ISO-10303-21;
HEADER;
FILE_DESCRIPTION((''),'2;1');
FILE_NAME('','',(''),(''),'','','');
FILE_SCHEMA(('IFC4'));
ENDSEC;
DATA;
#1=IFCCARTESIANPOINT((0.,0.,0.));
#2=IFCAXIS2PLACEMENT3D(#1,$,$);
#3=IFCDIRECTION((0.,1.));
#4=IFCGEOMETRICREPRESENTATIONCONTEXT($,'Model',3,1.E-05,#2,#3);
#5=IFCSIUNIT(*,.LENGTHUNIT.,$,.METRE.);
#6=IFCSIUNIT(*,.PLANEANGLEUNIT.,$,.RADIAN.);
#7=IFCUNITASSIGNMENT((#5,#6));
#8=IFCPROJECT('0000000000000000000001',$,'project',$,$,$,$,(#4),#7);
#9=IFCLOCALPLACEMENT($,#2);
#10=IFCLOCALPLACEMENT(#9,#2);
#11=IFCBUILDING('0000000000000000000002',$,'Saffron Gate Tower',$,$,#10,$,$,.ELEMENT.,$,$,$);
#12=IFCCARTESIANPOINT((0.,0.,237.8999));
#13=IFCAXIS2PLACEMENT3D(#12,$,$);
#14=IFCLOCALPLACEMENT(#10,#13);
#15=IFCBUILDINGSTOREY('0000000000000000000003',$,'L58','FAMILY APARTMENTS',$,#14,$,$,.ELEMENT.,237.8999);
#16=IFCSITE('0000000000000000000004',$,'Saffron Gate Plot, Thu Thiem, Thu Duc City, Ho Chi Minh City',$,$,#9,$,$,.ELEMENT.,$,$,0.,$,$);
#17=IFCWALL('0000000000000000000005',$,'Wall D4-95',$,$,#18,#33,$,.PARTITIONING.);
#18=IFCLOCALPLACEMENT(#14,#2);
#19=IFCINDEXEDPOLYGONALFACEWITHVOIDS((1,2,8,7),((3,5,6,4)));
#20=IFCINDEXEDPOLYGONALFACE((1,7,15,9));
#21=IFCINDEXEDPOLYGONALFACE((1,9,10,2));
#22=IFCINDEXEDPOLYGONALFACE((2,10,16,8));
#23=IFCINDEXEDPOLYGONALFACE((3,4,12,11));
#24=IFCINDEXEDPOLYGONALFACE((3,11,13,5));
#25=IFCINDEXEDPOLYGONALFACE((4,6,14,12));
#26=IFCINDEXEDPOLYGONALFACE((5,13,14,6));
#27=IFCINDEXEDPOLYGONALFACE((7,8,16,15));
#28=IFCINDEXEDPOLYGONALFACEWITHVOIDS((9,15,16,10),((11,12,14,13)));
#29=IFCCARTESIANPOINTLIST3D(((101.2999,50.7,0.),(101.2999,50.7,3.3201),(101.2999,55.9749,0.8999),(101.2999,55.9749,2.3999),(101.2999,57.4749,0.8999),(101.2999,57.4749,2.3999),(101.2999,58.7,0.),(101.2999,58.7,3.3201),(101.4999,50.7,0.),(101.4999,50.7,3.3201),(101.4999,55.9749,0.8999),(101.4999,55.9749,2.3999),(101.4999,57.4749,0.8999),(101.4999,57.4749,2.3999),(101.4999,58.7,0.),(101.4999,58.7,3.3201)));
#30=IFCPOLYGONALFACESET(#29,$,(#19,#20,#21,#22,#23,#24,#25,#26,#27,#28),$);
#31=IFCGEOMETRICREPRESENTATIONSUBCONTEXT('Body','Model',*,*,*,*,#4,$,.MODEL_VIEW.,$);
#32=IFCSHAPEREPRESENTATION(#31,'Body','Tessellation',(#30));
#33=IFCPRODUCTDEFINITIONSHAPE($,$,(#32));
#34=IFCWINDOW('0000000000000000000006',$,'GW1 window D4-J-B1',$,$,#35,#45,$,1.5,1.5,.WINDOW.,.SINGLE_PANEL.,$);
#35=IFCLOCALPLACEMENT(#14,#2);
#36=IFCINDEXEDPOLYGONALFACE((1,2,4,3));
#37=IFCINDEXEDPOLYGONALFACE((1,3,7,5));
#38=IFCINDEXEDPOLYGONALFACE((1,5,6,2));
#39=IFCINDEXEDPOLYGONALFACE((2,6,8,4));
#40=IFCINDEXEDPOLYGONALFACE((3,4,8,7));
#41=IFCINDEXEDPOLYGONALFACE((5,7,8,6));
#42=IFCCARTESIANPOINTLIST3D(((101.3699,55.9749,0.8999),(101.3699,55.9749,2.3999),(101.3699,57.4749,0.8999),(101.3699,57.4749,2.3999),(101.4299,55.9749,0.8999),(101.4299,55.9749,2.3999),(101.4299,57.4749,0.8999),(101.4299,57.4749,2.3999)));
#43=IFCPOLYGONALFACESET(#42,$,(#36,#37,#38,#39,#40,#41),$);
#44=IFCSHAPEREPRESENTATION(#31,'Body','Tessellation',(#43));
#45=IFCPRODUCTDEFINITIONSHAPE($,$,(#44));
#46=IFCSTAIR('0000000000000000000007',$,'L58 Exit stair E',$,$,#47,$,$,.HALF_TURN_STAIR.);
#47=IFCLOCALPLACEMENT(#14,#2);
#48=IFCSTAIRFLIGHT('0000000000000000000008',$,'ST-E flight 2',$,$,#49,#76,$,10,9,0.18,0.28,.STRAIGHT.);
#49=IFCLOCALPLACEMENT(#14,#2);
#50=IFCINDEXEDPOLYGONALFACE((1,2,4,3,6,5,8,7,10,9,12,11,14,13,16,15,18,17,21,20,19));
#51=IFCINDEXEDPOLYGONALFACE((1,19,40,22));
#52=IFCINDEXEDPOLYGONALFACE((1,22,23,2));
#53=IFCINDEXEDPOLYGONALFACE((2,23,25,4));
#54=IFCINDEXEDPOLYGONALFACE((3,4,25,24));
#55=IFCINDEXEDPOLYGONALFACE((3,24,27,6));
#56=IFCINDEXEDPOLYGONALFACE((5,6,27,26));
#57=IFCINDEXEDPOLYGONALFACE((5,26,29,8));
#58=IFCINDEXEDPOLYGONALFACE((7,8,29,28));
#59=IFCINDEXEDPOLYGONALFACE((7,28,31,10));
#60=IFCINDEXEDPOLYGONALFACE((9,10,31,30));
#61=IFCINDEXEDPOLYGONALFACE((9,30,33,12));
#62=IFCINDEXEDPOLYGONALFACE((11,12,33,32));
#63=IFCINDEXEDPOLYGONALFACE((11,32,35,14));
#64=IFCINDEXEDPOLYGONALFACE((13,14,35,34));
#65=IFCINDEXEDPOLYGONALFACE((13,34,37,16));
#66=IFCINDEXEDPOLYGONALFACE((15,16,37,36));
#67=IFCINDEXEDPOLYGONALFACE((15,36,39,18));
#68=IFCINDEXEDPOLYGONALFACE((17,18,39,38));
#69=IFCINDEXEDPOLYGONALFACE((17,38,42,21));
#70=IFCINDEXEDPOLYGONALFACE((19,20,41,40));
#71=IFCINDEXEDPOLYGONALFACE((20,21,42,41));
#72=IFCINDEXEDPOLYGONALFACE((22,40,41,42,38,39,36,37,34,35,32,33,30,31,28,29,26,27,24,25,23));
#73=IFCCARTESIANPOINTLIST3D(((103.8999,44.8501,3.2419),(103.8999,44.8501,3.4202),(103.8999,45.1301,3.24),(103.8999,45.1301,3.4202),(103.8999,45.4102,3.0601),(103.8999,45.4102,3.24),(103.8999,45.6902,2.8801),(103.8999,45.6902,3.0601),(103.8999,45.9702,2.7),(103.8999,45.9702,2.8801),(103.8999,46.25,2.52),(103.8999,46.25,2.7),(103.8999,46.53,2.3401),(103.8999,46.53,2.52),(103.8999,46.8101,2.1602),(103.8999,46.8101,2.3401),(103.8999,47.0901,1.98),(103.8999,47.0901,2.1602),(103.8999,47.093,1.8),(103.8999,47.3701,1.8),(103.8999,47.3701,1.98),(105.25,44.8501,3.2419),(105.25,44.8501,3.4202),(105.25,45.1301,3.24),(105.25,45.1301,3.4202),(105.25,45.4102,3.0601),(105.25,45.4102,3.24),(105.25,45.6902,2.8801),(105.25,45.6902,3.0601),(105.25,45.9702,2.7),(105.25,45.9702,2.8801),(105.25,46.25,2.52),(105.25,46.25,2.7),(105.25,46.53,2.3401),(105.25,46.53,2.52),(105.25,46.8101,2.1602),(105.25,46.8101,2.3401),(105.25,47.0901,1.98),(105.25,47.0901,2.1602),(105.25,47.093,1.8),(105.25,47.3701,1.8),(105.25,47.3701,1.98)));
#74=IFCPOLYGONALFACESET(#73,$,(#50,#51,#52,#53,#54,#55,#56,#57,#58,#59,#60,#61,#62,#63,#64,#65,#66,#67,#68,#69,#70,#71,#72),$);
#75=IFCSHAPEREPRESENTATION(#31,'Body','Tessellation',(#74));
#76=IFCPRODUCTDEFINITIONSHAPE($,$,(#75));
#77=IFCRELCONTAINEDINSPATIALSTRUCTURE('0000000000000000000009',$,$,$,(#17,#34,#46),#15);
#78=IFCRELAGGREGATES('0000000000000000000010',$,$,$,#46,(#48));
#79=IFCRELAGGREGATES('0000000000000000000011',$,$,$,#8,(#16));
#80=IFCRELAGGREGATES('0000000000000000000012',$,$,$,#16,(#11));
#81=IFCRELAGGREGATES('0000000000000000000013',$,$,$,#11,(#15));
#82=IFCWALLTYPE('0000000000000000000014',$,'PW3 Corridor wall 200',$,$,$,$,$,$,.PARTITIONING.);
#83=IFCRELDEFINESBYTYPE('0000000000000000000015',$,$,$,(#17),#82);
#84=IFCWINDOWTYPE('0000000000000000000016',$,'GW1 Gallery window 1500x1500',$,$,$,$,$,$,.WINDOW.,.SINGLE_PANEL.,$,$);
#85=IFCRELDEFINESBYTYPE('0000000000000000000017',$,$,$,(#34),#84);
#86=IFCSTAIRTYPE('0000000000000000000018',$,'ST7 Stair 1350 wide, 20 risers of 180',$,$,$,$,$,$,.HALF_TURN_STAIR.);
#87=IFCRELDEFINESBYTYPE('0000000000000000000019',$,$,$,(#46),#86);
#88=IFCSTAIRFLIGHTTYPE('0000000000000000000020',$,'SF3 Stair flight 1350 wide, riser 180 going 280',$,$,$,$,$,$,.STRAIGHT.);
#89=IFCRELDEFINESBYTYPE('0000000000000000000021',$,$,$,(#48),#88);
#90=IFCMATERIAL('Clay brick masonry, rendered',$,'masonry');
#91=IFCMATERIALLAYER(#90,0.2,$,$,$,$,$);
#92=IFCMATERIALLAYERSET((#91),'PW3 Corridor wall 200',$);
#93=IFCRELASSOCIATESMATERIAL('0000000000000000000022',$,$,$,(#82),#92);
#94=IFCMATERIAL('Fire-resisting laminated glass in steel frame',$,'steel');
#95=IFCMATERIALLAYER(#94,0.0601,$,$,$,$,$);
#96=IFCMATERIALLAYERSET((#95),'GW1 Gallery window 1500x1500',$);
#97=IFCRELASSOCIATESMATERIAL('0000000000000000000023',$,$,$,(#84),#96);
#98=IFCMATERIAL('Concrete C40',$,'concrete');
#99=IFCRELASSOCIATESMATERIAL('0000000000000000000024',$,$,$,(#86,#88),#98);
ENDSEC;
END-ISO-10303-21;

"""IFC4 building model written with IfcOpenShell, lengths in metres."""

from ifc_helpers import new_model, si_unit, direction, frame, frame_2d, origin, place, context, subcontext, project, spatial, polyline, rectangle, outline, extrude, material, layer, layer_set, type_object, element, fill, aggregate, save


model = new_model("IFC4")

# Units and contexts
model_context = context("Model", 3, precision=1e-05, world=origin(), true_north=direction((0.0, 1.0)))
body_context = subcontext(model_context, "Body", "Model", "MODEL_VIEW")
ifc_project = project(units=[si_unit("LENGTHUNIT", "METRE"), si_unit("PLANEANGLEUNIT", "RADIAN")], contexts=[model_context])

# Site, building, storey
site_placement = place(None, origin())
site = spatial("IfcSite", under=ifc_project, at=site_placement, Name="Saffron Gate Plot, Thu Thiem, Thu Duc City, Ho Chi Minh City", CompositionType="ELEMENT", RefElevation=0.0)
building_placement = place(site_placement, origin())
building = spatial("IfcBuilding", under=site, at=building_placement, Name="Saffron Gate Tower", CompositionType="ELEMENT")
storey_placement = place(building_placement, frame((0.0, 0.0, 237.8999)))
storey = spatial("IfcBuildingStorey", under=building, at=storey_placement, Name="L58", Description="FAMILY APARTMENTS", CompositionType="ELEMENT", Elevation=237.8999)

# Shared definitions
ifc_material_1 = material(Name="Clay brick masonry, rendered", Category="masonry")
ifc_layer_1 = layer(ifc_material_1, 0.2)
ifc_layer_set_1 = layer_set([ifc_layer_1], Name="PW3 Corridor wall 200")
wall_type_1 = type_object("IfcWallType", Name="PW3 Corridor wall 200", PredefinedType="PARTITIONING", material=ifc_layer_set_1)

# Wall, opening, window
wall_1_placement = place(storey_placement, frame((101.3999, 58.7, 0.0), z_axis=(0.0, 0.0, 1.0), x_axis=(0.0, -1.0, 0.0)))
wall_1 = element("IfcWall", 1, at=wall_1_placement, inside=storey, type_object=wall_type_1, Name="Wall D4-95", PredefinedType="PARTITIONING", context=body_context, shape_type="SweptSolid", body=[
    extrude(rectangle(XDim=8.0, YDim=0.2, at=frame_2d((4.0, 0.0))), origin(), (0.0, 0.0, 1.0), 3.3201),
])
opening_1_placement = place(wall_1_placement, frame((1.2251, 0.0, 0.8999)))
opening_1 = element("IfcOpeningElement", 2, at=opening_1_placement, cuts=wall_1, PredefinedType="OPENING", context=body_context, shape_type="SweptSolid", body=[
    extrude(rectangle(XDim=1.5, YDim=1.5, at=frame_2d((0.75, 0.75))), frame((0.0, 0.1099, 0.0), z_axis=(0.0, -1.0, 0.0), x_axis=(1.0, 0.0, 0.0)), (0.0, 0.0, 1.0), 0.22),
])
ifc_material_2 = material(Name="Fire-resisting laminated glass in steel frame", Category="steel")
ifc_layer_2 = layer(ifc_material_2, 0.0601)
ifc_layer_set_2 = layer_set([ifc_layer_2], Name="GW1 Gallery window 1500x1500")
window_type = type_object("IfcWindowType", Name="GW1 Gallery window 1500x1500", PartitioningType="SINGLE_PANEL", PredefinedType="WINDOW", material=ifc_layer_set_2)
window_placement = place(opening_1_placement, origin())
window = element("IfcWindow", 3, at=window_placement, inside=storey, type_object=window_type, Name="GW1 window D4-J-B1", OverallHeight=1.5, OverallWidth=1.5, PartitioningType="SINGLE_PANEL", PredefinedType="WINDOW", context=body_context, shape_type="SweptSolid", body=[
    extrude(rectangle(XDim=1.5, YDim=1.5, at=frame_2d((0.75, 0.75))), frame((0.0, 0.03, 0.0), z_axis=(0.0, -1.0, 0.0), x_axis=(1.0, 0.0, 0.0)), (0.0, 0.0, 1.0), 0.0601),
])
fill(opening_1, window)

# Stair, stair flight
ifc_material_3 = material(Name="Concrete C40", Category="concrete")
stair_type = type_object("IfcStairType", Name="ST7 Stair 1350 wide, 20 risers of 180", PredefinedType="HALF_TURN_STAIR", material=ifc_material_3)
stair_placement = place(storey_placement, origin())
stair = element("IfcStair", 4, at=stair_placement, inside=storey, type_object=stair_type, Name="L58 Exit stair E", PredefinedType="HALF_TURN_STAIR")
stair_flight_type = type_object("IfcStairFlightType", Name="SF3 Stair flight 1350 wide, riser 180 going 280", PredefinedType="STRAIGHT", material=ifc_material_3)
stair_flight_placement = place(storey_placement, frame((104.575, 47.3701, 1.8), z_axis=(0.0, 0.0, 1.0), x_axis=(0.0, -1.0, 0.0)))
stair_flight = element("IfcStairFlight", 5, at=stair_flight_placement, type_object=stair_flight_type, Name="ST-E flight 2", NumberOfRisers=10, NumberOfTreads=9, PredefinedType="STRAIGHT", RiserHeight=0.18, TreadLength=0.28, context=body_context, shape_type="SweptSolid", body=[
    extrude(outline(polyline([(0.0, 0.0), (0.0, 0.1799), (0.28, 0.1799), (0.28, 0.3601), (0.5601, 0.3601), (0.5601, 0.54), (0.8401, 0.54), (0.8401, 0.72), (1.1201, 0.72), (1.1201, 0.8999), (1.3999, 0.8999), (1.3999, 1.0801), (1.6799, 1.0801), (1.6799, 1.26), (1.96, 1.26), (1.96, 1.4399), (2.24, 1.4399), (2.24, 1.6201), (2.52, 1.6201), (2.52, 1.8), (2.52, 1.4419), (0.2771, 0.0), (0.0, 0.0)])), frame((0.0, 0.675, 0.0), z_axis=(0.0, -1.0, 0.0), x_axis=(1.0, 0.0, 0.0)), (0.0, 0.0, 1.0), 1.3501),
])
aggregate(stair, [stair_flight])

save(model, "model.ifc")
